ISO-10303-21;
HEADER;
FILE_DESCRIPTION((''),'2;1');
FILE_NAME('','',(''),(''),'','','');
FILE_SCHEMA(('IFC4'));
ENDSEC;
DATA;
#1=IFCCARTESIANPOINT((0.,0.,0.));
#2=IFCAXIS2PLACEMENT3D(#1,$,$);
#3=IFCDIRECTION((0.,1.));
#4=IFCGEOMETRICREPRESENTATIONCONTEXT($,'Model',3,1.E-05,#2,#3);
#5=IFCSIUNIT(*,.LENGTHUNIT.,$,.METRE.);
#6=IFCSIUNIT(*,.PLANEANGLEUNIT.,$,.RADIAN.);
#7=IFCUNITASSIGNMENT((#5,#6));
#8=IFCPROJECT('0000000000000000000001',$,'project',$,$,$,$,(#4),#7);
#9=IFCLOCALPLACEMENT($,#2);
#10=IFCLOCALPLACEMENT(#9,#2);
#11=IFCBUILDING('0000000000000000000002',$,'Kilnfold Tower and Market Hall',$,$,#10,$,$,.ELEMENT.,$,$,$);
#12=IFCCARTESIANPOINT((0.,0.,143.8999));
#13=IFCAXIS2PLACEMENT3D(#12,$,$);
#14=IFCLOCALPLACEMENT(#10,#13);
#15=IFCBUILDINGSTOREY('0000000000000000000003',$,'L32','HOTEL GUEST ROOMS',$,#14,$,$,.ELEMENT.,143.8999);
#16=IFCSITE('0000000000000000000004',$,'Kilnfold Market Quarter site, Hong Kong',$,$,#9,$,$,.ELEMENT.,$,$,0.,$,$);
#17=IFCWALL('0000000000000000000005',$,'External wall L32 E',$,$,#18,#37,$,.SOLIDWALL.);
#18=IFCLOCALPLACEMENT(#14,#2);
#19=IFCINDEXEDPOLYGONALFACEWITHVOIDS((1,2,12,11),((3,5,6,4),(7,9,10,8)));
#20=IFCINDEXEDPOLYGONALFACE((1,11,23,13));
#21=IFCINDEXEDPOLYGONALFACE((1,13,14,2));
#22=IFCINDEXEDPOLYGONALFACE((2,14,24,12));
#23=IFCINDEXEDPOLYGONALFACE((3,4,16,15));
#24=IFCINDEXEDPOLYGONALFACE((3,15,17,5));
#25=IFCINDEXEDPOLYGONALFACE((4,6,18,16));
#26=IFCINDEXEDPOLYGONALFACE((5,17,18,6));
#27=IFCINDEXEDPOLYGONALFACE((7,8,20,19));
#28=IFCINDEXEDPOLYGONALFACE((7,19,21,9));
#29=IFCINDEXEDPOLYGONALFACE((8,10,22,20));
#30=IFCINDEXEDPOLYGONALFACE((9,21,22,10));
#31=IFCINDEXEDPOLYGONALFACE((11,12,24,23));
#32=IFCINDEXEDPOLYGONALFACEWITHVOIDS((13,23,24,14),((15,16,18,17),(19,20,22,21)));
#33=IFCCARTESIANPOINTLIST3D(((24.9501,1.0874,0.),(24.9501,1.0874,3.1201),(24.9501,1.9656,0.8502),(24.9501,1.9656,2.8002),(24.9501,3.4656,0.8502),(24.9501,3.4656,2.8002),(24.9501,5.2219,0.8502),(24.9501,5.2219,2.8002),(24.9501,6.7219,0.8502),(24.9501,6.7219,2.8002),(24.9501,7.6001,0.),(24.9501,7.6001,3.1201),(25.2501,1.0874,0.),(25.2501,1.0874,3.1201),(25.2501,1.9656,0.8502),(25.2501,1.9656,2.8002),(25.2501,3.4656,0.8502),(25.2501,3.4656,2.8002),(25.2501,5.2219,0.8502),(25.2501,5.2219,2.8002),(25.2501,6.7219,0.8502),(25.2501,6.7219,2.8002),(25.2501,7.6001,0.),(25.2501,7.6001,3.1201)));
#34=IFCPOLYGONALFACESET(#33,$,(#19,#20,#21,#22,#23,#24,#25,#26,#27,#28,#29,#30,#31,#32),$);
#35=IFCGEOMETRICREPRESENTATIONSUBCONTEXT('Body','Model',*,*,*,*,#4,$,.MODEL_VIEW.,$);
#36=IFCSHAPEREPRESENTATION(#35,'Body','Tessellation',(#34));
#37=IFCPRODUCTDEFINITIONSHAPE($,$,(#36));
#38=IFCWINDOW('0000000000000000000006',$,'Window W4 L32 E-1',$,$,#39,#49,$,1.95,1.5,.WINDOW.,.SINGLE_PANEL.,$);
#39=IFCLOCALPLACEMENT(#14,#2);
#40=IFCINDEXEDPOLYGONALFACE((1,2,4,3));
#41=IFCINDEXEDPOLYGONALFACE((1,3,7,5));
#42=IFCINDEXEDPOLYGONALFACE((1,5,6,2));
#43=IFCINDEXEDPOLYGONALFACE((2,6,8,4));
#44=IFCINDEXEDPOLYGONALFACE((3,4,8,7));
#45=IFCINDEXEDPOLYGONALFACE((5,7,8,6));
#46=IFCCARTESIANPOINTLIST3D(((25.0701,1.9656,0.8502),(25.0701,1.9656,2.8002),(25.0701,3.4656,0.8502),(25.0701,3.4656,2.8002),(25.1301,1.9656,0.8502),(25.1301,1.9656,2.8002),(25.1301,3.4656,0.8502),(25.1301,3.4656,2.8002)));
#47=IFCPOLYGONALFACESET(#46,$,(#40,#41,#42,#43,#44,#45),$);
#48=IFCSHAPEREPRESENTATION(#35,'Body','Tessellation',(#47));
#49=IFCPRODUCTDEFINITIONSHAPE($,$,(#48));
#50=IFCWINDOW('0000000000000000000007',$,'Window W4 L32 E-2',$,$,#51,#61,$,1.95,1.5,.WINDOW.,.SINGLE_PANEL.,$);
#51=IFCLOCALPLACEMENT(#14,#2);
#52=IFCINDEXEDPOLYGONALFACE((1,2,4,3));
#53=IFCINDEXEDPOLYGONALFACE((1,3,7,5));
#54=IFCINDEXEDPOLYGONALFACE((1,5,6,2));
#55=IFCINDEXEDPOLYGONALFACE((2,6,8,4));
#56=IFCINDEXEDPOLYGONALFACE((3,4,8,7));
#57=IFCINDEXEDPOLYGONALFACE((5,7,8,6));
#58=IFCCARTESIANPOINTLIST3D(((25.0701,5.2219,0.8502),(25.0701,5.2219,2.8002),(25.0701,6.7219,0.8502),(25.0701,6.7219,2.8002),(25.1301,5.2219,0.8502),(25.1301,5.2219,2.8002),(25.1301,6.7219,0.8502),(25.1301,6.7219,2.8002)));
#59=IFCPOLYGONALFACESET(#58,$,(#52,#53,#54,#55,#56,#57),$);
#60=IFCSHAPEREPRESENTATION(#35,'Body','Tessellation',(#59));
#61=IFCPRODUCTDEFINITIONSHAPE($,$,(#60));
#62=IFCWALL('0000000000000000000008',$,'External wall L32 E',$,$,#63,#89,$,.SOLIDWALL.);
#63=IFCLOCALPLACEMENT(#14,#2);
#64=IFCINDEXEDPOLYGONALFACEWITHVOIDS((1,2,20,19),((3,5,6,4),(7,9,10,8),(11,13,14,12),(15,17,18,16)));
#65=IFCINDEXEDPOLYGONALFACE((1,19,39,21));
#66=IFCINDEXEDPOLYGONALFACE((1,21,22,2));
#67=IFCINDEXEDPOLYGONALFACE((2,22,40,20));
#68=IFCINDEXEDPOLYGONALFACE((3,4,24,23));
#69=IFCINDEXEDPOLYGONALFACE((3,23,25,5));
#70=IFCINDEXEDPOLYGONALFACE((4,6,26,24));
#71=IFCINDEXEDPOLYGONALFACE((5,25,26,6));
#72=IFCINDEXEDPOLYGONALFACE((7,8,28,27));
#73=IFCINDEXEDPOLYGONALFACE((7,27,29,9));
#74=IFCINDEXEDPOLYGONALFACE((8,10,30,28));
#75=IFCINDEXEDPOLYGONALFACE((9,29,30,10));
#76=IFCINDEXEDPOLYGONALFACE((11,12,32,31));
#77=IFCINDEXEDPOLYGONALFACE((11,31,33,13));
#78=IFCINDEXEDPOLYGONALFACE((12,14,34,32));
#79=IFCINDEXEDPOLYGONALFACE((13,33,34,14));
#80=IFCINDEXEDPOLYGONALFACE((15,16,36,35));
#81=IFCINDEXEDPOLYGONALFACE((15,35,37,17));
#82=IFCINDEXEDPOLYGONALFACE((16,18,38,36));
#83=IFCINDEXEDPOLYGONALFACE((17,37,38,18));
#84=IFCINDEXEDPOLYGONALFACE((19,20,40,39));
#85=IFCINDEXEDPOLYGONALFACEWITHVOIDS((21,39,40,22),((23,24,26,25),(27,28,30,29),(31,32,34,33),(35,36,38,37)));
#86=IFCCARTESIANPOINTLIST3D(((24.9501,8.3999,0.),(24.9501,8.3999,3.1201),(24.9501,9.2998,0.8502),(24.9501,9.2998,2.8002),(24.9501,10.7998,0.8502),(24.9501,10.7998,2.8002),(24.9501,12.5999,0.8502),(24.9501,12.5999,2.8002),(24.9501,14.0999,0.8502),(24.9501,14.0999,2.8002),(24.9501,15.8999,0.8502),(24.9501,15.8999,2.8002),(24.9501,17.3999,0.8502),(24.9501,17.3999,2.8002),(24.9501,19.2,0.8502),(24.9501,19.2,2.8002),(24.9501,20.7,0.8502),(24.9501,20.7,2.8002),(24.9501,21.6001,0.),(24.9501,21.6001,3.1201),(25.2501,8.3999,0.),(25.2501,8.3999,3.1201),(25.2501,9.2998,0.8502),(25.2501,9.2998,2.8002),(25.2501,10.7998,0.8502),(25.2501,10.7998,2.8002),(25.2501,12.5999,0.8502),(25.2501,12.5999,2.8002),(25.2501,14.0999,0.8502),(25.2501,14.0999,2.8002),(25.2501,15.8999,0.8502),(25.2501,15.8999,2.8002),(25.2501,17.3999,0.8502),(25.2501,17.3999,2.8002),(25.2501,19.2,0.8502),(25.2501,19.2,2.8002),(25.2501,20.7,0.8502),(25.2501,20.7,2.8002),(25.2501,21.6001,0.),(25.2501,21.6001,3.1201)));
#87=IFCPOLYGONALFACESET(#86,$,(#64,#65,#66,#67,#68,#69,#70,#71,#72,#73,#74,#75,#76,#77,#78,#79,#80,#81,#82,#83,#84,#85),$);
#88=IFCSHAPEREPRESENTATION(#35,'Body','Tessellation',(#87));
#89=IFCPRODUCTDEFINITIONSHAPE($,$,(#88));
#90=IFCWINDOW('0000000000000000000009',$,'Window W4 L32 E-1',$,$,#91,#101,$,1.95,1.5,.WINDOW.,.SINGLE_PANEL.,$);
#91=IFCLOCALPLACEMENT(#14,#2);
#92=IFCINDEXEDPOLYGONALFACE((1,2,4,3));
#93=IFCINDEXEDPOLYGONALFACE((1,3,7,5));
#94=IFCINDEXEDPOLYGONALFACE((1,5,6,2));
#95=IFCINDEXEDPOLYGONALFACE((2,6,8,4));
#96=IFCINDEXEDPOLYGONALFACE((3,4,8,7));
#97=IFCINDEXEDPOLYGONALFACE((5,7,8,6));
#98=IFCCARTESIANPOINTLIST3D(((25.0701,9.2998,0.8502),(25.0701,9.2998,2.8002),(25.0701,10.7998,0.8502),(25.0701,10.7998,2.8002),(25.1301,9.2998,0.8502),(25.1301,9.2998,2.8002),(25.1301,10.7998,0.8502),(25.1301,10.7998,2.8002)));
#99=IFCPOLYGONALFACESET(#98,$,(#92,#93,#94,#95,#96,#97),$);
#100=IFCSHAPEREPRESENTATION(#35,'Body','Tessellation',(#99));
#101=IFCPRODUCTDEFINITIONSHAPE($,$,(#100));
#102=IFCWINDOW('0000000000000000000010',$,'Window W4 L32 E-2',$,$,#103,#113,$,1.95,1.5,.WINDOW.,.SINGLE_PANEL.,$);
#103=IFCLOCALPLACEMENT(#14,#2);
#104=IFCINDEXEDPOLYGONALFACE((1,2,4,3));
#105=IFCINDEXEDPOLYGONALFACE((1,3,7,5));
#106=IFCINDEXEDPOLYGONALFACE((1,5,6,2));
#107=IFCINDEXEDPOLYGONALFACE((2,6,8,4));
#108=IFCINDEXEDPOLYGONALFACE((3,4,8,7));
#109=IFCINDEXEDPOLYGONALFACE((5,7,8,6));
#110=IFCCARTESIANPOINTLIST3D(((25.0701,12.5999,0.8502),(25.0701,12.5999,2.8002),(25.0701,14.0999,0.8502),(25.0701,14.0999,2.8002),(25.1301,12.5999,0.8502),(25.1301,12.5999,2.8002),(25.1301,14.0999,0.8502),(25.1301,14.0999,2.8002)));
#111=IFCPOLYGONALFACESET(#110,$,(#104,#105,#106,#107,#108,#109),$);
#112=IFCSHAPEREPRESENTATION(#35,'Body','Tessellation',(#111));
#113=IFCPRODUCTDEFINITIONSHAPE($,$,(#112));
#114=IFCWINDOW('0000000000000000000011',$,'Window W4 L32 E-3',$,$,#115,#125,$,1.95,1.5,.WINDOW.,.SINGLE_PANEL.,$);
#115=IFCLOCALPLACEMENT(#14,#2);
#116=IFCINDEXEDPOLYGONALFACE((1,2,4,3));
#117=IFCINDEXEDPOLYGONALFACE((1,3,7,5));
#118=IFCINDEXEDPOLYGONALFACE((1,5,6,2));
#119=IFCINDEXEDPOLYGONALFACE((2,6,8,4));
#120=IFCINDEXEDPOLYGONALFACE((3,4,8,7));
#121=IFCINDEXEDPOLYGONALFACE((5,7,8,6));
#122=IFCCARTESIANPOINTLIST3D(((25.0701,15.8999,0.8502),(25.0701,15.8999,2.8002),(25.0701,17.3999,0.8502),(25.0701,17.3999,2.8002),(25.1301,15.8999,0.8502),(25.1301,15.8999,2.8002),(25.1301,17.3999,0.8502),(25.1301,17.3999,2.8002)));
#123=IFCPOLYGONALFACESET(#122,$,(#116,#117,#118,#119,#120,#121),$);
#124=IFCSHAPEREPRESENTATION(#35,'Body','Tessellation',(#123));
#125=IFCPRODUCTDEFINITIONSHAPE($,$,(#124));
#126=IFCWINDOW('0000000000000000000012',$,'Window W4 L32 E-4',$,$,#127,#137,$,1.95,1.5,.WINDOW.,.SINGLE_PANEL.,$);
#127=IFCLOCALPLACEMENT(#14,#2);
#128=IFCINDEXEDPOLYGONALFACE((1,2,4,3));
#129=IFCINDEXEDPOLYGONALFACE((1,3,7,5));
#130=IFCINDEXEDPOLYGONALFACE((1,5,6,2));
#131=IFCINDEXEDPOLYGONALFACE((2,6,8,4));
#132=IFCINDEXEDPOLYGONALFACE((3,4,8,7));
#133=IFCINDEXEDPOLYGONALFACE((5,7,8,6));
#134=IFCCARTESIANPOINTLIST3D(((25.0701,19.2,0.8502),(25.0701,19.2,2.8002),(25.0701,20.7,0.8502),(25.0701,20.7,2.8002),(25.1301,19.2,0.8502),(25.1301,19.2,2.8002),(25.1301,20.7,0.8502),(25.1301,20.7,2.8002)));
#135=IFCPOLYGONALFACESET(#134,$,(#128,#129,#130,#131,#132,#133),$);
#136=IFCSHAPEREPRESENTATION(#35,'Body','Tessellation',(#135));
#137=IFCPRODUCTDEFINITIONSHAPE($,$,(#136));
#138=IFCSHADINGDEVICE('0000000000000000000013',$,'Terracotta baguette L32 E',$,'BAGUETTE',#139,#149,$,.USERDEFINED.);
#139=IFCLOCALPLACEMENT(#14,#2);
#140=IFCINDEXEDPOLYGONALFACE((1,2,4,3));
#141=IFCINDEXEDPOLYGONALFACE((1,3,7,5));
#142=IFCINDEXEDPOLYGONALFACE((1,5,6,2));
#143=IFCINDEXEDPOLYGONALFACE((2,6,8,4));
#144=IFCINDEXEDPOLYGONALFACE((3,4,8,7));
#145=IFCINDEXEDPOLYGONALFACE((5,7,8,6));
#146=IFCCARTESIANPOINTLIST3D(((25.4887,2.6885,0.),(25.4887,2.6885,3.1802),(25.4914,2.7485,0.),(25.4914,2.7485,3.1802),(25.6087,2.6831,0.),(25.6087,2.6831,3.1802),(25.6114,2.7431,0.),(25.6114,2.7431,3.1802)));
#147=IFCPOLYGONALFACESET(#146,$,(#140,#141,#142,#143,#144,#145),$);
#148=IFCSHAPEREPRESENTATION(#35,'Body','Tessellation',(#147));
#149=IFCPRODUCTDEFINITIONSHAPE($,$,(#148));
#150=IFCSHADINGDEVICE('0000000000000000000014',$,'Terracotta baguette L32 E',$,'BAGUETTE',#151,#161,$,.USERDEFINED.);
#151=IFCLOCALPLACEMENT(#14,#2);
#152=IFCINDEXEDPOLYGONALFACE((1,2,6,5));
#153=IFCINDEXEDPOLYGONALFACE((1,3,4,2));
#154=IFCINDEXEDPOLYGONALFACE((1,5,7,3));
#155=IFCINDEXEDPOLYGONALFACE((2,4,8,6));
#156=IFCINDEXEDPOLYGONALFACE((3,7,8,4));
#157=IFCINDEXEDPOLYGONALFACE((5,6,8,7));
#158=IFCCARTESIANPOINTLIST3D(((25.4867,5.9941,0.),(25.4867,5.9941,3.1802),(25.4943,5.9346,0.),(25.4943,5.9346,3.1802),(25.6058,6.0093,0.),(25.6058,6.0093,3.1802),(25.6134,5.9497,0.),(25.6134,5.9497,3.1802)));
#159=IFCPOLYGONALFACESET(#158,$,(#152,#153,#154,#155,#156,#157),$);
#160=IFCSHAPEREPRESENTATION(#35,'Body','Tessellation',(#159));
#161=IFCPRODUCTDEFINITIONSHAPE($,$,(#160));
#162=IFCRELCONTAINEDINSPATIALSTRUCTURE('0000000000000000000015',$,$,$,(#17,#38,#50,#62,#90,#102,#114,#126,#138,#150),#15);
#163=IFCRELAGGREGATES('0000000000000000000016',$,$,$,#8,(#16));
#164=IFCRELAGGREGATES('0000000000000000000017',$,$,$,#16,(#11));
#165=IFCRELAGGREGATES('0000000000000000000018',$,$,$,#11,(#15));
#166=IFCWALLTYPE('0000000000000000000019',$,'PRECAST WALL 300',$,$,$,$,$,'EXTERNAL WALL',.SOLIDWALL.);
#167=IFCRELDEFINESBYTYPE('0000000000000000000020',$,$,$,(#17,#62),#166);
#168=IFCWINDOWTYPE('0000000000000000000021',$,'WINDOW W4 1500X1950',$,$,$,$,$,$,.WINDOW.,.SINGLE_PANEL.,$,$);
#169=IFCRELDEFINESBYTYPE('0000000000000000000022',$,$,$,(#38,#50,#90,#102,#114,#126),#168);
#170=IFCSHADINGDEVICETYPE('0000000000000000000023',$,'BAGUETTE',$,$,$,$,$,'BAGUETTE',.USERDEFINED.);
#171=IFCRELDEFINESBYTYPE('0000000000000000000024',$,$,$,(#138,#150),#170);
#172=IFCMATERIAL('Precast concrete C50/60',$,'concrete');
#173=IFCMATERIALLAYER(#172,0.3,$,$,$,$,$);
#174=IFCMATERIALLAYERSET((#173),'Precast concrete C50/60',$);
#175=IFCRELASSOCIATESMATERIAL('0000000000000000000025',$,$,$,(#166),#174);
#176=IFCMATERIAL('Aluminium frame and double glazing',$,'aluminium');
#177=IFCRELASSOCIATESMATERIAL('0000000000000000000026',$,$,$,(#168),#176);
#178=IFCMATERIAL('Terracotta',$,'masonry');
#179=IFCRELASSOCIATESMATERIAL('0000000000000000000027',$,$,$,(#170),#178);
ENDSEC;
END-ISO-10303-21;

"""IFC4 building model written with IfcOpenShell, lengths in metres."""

from ifc_helpers import new_model, si_unit, direction, frame, frame_2d, origin, origin_2d, place, context, subcontext, project, spatial, rectangle, extrude, source, transform, mapped, material, layer, layer_set, material_profile, profile_set, type_object, element, fill, save


model = new_model("IFC4")

# Units and contexts
model_context = context("Model", 3, precision=1e-05, world=origin(), true_north=direction((0.0, 1.0)))
body_context = subcontext(model_context, "Body", "Model", "MODEL_VIEW")
ifc_project = project(units=[si_unit("LENGTHUNIT", "METRE"), si_unit("PLANEANGLEUNIT", "RADIAN")], contexts=[model_context])

# Site, building, storey
site_placement = place(None, origin())
site = spatial("IfcSite", under=ifc_project, at=site_placement, Name="Kilnfold Market Quarter site, Hong Kong", CompositionType="ELEMENT", RefElevation=0.0)
building_placement = place(site_placement, origin())
building = spatial("IfcBuilding", under=site, at=building_placement, Name="Kilnfold Tower and Market Hall", CompositionType="ELEMENT")
storey_placement = place(building_placement, frame((0.0, 0.0, 143.8999)))
storey = spatial("IfcBuildingStorey", under=building, at=storey_placement, Name="L32", Description="HOTEL GUEST ROOMS", CompositionType="ELEMENT", Elevation=143.8999)

# Walls, openings, windows
ifc_material_1 = material(Name="Precast concrete C50/60", Category="concrete")
ifc_layer_1 = layer(ifc_material_1, 0.3)
ifc_layer_set_1 = layer_set([ifc_layer_1], Name="Precast concrete C50/60")
wall_type_1 = type_object("IfcWallType", Name="PRECAST WALL 300", ElementType="EXTERNAL WALL", PredefinedType="SOLIDWALL", material=ifc_layer_set_1)
shared_shape_1 = source(origin(), body_context, "Body", "SweptSolid", [
    extrude(rectangle(XDim=6.5127, YDim=0.3, at=frame_2d((3.2563, 0.0))), origin(), (0.0, 0.0, 1.0), 3.1201),
])
wall_1_placement = place(storey_placement, frame((25.1001, 1.0874, 0.0), z_axis=(0.0, 0.0, 1.0), x_axis=(0.0, 1.0, 0.0)))
wall_1 = element("IfcWall", 1, at=wall_1_placement, inside=storey, type_object=wall_type_1, Name="External wall L32 E", PredefinedType="SOLIDWALL", context=body_context, shape_type="MappedRepresentation", body=[
    mapped(shared_shape_1, transform((0.0, 0.0, 0.0))),
])
opening_1_placement = place(wall_1_placement, frame((0.8782, 0.0, 0.8501)))
opening_1 = element("IfcOpeningElement", 2, at=opening_1_placement, cuts=wall_1, PredefinedType="OPENING", context=body_context, shape_type="SweptSolid", body=[
    extrude(rectangle(XDim=1.5, YDim=1.95, at=frame_2d((0.75, 0.9751))), frame((0.0, 0.1602, 0.0), z_axis=(0.0, -1.0, 0.0), x_axis=(1.0, 0.0, 0.0)), (0.0, 0.0, 1.0), 0.3201),
])
opening_2_placement = place(wall_1_placement, frame((4.1345, 0.0, 0.8501)))
opening_2 = element("IfcOpeningElement", 3, at=opening_2_placement, cuts=wall_1, PredefinedType="OPENING", context=body_context, shape_type="SweptSolid", body=[
    extrude(rectangle(XDim=1.5, YDim=1.95, at=frame_2d((0.75, 0.9751))), frame((0.0, 0.1602, 0.0), z_axis=(0.0, -1.0, 0.0), x_axis=(1.0, 0.0, 0.0)), (0.0, 0.0, 1.0), 0.3201),
])
ifc_material_2 = material(Name="Aluminium frame and double glazing", Category="aluminium")
window_type = type_object("IfcWindowType", Name="WINDOW W4 1500X1950", PartitioningType="SINGLE_PANEL", PredefinedType="WINDOW", material=ifc_material_2)
window_1_placement = place(opening_1_placement, origin())
window_1 = element("IfcWindow", 4, at=window_1_placement, inside=storey, type_object=window_type, Name="Window W4 L32 E-1", OverallHeight=1.95, OverallWidth=1.5, PartitioningType="SINGLE_PANEL", PredefinedType="WINDOW", context=body_context, shape_type="SweptSolid", body=[
    extrude(rectangle(XDim=1.5, YDim=1.95, at=frame_2d((0.75, 0.9751))), frame((0.0, 0.03, 0.0), z_axis=(0.0, -1.0, 0.0), x_axis=(1.0, 0.0, 0.0)), (0.0, 0.0, 1.0), 0.0601),
])
fill(opening_1, window_1)
window_2_placement = place(opening_2_placement, origin())
window_2 = element("IfcWindow", 5, at=window_2_placement, inside=storey, type_object=window_type, Name="Window W4 L32 E-2", OverallHeight=1.95, OverallWidth=1.5, PartitioningType="SINGLE_PANEL", PredefinedType="WINDOW", context=body_context, shape_type="SweptSolid", body=[
    extrude(rectangle(XDim=1.5, YDim=1.95, at=frame_2d((0.75, 0.9751))), frame((0.0, 0.03, 0.0), z_axis=(0.0, -1.0, 0.0), x_axis=(1.0, 0.0, 0.0)), (0.0, 0.0, 1.0), 0.0601),
])
fill(opening_2, window_2)
shared_shape_2 = source(origin(), body_context, "Body", "SweptSolid", [
    extrude(rectangle(XDim=13.2002, YDim=0.3, at=frame_2d((6.6001, 0.0))), origin(), (0.0, 0.0, 1.0), 3.1201),
])
wall_2_placement = place(storey_placement, frame((25.1001, 8.3999, 0.0), z_axis=(0.0, 0.0, 1.0), x_axis=(0.0, 1.0, 0.0)))
wall_2 = element("IfcWall", 6, at=wall_2_placement, inside=storey, type_object=wall_type_1, Name="External wall L32 E", PredefinedType="SOLIDWALL", context=body_context, shape_type="MappedRepresentation", body=[
    mapped(shared_shape_2, transform((0.0, 0.0, 0.0))),
])
opening_3_placement = place(wall_2_placement, frame((0.8999, 0.0, 0.8501)))
opening_3 = element("IfcOpeningElement", 7, at=opening_3_placement, cuts=wall_2, PredefinedType="OPENING", context=body_context, shape_type="SweptSolid", body=[
    extrude(rectangle(XDim=1.5, YDim=1.95, at=frame_2d((0.75, 0.9751))), frame((0.0, 0.1602, 0.0), z_axis=(0.0, -1.0, 0.0), x_axis=(1.0, 0.0, 0.0)), (0.0, 0.0, 1.0), 0.3201),
])
opening_4_placement = place(wall_2_placement, frame((4.2, 0.0, 0.8501)))
opening_4 = element("IfcOpeningElement", 8, at=opening_4_placement, cuts=wall_2, PredefinedType="OPENING", context=body_context, shape_type="SweptSolid", body=[
    extrude(rectangle(XDim=1.5, YDim=1.95, at=frame_2d((0.75, 0.9751))), frame((0.0, 0.1602, 0.0), z_axis=(0.0, -1.0, 0.0), x_axis=(1.0, 0.0, 0.0)), (0.0, 0.0, 1.0), 0.3201),
])
opening_5_placement = place(wall_2_placement, frame((7.5, 0.0, 0.8501)))
opening_5 = element("IfcOpeningElement", 9, at=opening_5_placement, cuts=wall_2, PredefinedType="OPENING", context=body_context, shape_type="SweptSolid", body=[
    extrude(rectangle(XDim=1.5, YDim=1.95, at=frame_2d((0.75, 0.9751))), frame((0.0, 0.1602, 0.0), z_axis=(0.0, -1.0, 0.0), x_axis=(1.0, 0.0, 0.0)), (0.0, 0.0, 1.0), 0.3201),
])
opening_6_placement = place(wall_2_placement, frame((10.8, 0.0, 0.8501)))
opening_6 = element("IfcOpeningElement", 10, at=opening_6_placement, cuts=wall_2, PredefinedType="OPENING", context=body_context, shape_type="SweptSolid", body=[
    extrude(rectangle(XDim=1.5, YDim=1.95, at=frame_2d((0.75, 0.9751))), frame((0.0, 0.1602, 0.0), z_axis=(0.0, -1.0, 0.0), x_axis=(1.0, 0.0, 0.0)), (0.0, 0.0, 1.0), 0.3201),
])
window_3_placement = place(opening_3_placement, origin())
window_3 = element("IfcWindow", 11, at=window_3_placement, inside=storey, type_object=window_type, Name="Window W4 L32 E-1", OverallHeight=1.95, OverallWidth=1.5, PartitioningType="SINGLE_PANEL", PredefinedType="WINDOW", context=body_context, shape_type="SweptSolid", body=[
    extrude(rectangle(XDim=1.5, YDim=1.95, at=frame_2d((0.75, 0.9751))), frame((0.0, 0.03, 0.0), z_axis=(0.0, -1.0, 0.0), x_axis=(1.0, 0.0, 0.0)), (0.0, 0.0, 1.0), 0.0601),
])
fill(opening_3, window_3)
window_4_placement = place(opening_4_placement, origin())
window_4 = element("IfcWindow", 12, at=window_4_placement, inside=storey, type_object=window_type, Name="Window W4 L32 E-2", OverallHeight=1.95, OverallWidth=1.5, PartitioningType="SINGLE_PANEL", PredefinedType="WINDOW", context=body_context, shape_type="SweptSolid", body=[
    extrude(rectangle(XDim=1.5, YDim=1.95, at=frame_2d((0.75, 0.9751))), frame((0.0, 0.03, 0.0), z_axis=(0.0, -1.0, 0.0), x_axis=(1.0, 0.0, 0.0)), (0.0, 0.0, 1.0), 0.0601),
])
fill(opening_4, window_4)
window_5_placement = place(opening_5_placement, origin())
window_5 = element("IfcWindow", 13, at=window_5_placement, inside=storey, type_object=window_type, Name="Window W4 L32 E-3", OverallHeight=1.95, OverallWidth=1.5, PartitioningType="SINGLE_PANEL", PredefinedType="WINDOW", context=body_context, shape_type="SweptSolid", body=[
    extrude(rectangle(XDim=1.5, YDim=1.95, at=frame_2d((0.75, 0.9751))), frame((0.0, 0.03, 0.0), z_axis=(0.0, -1.0, 0.0), x_axis=(1.0, 0.0, 0.0)), (0.0, 0.0, 1.0), 0.0601),
])
fill(opening_5, window_5)
window_6_placement = place(opening_6_placement, origin())
window_6 = element("IfcWindow", 14, at=window_6_placement, inside=storey, type_object=window_type, Name="Window W4 L32 E-4", OverallHeight=1.95, OverallWidth=1.5, PartitioningType="SINGLE_PANEL", PredefinedType="WINDOW", context=body_context, shape_type="SweptSolid", body=[
    extrude(rectangle(XDim=1.5, YDim=1.95, at=frame_2d((0.75, 0.9751))), frame((0.0, 0.03, 0.0), z_axis=(0.0, -1.0, 0.0), x_axis=(1.0, 0.0, 0.0)), (0.0, 0.0, 1.0), 0.0601),
])
fill(opening_6, window_6)

# Shading devices
ifc_material_3 = material(Name="Terracotta", Category="masonry")
ifc_material_profile_1 = material_profile(ifc_material_3, rectangle(XDim=0.0601, YDim=0.1201, at=origin_2d()), Name="BAG 60x120")
ifc_profile_set_1 = profile_set([ifc_material_profile_1], Name="Terracotta")
shading_device_type = type_object("IfcShadingDeviceType", Name="BAGUETTE", ElementType="BAGUETTE", PredefinedType="USERDEFINED", material=ifc_profile_set_1)
shared_shape_3 = source(origin(), body_context, "Body", "SweptSolid", [
    extrude(rectangle(XDim=0.0601, YDim=0.1201, at=origin_2d()), origin(), (0.0, 0.0, 1.0), 3.1802),
])
for number, where, z_axis, x_axis, name in (
    (15, (25.55, 2.7158, 0.0), (0.0, 0.0, 1.0), (0.045307, 0.998973, 0.0), "Terracotta baguette L32 E"),
    (16, (25.55, 5.9719, 0.0), (0.0, 0.0, 1.0), (-0.125993, 0.992031, 0.0), "Terracotta baguette L32 E"),
):
    element("IfcShadingDevice", number, at=place(storey_placement, frame(where, z_axis=z_axis, x_axis=x_axis)), inside=storey, type_object=shading_device_type, Name=name, ObjectType="BAGUETTE", PredefinedType="USERDEFINED", context=body_context, shape_type="MappedRepresentation", body=[
        mapped(shared_shape_3, transform((0.0, 0.0, 0.0))),
    ])

save(model, "model.ifc")
